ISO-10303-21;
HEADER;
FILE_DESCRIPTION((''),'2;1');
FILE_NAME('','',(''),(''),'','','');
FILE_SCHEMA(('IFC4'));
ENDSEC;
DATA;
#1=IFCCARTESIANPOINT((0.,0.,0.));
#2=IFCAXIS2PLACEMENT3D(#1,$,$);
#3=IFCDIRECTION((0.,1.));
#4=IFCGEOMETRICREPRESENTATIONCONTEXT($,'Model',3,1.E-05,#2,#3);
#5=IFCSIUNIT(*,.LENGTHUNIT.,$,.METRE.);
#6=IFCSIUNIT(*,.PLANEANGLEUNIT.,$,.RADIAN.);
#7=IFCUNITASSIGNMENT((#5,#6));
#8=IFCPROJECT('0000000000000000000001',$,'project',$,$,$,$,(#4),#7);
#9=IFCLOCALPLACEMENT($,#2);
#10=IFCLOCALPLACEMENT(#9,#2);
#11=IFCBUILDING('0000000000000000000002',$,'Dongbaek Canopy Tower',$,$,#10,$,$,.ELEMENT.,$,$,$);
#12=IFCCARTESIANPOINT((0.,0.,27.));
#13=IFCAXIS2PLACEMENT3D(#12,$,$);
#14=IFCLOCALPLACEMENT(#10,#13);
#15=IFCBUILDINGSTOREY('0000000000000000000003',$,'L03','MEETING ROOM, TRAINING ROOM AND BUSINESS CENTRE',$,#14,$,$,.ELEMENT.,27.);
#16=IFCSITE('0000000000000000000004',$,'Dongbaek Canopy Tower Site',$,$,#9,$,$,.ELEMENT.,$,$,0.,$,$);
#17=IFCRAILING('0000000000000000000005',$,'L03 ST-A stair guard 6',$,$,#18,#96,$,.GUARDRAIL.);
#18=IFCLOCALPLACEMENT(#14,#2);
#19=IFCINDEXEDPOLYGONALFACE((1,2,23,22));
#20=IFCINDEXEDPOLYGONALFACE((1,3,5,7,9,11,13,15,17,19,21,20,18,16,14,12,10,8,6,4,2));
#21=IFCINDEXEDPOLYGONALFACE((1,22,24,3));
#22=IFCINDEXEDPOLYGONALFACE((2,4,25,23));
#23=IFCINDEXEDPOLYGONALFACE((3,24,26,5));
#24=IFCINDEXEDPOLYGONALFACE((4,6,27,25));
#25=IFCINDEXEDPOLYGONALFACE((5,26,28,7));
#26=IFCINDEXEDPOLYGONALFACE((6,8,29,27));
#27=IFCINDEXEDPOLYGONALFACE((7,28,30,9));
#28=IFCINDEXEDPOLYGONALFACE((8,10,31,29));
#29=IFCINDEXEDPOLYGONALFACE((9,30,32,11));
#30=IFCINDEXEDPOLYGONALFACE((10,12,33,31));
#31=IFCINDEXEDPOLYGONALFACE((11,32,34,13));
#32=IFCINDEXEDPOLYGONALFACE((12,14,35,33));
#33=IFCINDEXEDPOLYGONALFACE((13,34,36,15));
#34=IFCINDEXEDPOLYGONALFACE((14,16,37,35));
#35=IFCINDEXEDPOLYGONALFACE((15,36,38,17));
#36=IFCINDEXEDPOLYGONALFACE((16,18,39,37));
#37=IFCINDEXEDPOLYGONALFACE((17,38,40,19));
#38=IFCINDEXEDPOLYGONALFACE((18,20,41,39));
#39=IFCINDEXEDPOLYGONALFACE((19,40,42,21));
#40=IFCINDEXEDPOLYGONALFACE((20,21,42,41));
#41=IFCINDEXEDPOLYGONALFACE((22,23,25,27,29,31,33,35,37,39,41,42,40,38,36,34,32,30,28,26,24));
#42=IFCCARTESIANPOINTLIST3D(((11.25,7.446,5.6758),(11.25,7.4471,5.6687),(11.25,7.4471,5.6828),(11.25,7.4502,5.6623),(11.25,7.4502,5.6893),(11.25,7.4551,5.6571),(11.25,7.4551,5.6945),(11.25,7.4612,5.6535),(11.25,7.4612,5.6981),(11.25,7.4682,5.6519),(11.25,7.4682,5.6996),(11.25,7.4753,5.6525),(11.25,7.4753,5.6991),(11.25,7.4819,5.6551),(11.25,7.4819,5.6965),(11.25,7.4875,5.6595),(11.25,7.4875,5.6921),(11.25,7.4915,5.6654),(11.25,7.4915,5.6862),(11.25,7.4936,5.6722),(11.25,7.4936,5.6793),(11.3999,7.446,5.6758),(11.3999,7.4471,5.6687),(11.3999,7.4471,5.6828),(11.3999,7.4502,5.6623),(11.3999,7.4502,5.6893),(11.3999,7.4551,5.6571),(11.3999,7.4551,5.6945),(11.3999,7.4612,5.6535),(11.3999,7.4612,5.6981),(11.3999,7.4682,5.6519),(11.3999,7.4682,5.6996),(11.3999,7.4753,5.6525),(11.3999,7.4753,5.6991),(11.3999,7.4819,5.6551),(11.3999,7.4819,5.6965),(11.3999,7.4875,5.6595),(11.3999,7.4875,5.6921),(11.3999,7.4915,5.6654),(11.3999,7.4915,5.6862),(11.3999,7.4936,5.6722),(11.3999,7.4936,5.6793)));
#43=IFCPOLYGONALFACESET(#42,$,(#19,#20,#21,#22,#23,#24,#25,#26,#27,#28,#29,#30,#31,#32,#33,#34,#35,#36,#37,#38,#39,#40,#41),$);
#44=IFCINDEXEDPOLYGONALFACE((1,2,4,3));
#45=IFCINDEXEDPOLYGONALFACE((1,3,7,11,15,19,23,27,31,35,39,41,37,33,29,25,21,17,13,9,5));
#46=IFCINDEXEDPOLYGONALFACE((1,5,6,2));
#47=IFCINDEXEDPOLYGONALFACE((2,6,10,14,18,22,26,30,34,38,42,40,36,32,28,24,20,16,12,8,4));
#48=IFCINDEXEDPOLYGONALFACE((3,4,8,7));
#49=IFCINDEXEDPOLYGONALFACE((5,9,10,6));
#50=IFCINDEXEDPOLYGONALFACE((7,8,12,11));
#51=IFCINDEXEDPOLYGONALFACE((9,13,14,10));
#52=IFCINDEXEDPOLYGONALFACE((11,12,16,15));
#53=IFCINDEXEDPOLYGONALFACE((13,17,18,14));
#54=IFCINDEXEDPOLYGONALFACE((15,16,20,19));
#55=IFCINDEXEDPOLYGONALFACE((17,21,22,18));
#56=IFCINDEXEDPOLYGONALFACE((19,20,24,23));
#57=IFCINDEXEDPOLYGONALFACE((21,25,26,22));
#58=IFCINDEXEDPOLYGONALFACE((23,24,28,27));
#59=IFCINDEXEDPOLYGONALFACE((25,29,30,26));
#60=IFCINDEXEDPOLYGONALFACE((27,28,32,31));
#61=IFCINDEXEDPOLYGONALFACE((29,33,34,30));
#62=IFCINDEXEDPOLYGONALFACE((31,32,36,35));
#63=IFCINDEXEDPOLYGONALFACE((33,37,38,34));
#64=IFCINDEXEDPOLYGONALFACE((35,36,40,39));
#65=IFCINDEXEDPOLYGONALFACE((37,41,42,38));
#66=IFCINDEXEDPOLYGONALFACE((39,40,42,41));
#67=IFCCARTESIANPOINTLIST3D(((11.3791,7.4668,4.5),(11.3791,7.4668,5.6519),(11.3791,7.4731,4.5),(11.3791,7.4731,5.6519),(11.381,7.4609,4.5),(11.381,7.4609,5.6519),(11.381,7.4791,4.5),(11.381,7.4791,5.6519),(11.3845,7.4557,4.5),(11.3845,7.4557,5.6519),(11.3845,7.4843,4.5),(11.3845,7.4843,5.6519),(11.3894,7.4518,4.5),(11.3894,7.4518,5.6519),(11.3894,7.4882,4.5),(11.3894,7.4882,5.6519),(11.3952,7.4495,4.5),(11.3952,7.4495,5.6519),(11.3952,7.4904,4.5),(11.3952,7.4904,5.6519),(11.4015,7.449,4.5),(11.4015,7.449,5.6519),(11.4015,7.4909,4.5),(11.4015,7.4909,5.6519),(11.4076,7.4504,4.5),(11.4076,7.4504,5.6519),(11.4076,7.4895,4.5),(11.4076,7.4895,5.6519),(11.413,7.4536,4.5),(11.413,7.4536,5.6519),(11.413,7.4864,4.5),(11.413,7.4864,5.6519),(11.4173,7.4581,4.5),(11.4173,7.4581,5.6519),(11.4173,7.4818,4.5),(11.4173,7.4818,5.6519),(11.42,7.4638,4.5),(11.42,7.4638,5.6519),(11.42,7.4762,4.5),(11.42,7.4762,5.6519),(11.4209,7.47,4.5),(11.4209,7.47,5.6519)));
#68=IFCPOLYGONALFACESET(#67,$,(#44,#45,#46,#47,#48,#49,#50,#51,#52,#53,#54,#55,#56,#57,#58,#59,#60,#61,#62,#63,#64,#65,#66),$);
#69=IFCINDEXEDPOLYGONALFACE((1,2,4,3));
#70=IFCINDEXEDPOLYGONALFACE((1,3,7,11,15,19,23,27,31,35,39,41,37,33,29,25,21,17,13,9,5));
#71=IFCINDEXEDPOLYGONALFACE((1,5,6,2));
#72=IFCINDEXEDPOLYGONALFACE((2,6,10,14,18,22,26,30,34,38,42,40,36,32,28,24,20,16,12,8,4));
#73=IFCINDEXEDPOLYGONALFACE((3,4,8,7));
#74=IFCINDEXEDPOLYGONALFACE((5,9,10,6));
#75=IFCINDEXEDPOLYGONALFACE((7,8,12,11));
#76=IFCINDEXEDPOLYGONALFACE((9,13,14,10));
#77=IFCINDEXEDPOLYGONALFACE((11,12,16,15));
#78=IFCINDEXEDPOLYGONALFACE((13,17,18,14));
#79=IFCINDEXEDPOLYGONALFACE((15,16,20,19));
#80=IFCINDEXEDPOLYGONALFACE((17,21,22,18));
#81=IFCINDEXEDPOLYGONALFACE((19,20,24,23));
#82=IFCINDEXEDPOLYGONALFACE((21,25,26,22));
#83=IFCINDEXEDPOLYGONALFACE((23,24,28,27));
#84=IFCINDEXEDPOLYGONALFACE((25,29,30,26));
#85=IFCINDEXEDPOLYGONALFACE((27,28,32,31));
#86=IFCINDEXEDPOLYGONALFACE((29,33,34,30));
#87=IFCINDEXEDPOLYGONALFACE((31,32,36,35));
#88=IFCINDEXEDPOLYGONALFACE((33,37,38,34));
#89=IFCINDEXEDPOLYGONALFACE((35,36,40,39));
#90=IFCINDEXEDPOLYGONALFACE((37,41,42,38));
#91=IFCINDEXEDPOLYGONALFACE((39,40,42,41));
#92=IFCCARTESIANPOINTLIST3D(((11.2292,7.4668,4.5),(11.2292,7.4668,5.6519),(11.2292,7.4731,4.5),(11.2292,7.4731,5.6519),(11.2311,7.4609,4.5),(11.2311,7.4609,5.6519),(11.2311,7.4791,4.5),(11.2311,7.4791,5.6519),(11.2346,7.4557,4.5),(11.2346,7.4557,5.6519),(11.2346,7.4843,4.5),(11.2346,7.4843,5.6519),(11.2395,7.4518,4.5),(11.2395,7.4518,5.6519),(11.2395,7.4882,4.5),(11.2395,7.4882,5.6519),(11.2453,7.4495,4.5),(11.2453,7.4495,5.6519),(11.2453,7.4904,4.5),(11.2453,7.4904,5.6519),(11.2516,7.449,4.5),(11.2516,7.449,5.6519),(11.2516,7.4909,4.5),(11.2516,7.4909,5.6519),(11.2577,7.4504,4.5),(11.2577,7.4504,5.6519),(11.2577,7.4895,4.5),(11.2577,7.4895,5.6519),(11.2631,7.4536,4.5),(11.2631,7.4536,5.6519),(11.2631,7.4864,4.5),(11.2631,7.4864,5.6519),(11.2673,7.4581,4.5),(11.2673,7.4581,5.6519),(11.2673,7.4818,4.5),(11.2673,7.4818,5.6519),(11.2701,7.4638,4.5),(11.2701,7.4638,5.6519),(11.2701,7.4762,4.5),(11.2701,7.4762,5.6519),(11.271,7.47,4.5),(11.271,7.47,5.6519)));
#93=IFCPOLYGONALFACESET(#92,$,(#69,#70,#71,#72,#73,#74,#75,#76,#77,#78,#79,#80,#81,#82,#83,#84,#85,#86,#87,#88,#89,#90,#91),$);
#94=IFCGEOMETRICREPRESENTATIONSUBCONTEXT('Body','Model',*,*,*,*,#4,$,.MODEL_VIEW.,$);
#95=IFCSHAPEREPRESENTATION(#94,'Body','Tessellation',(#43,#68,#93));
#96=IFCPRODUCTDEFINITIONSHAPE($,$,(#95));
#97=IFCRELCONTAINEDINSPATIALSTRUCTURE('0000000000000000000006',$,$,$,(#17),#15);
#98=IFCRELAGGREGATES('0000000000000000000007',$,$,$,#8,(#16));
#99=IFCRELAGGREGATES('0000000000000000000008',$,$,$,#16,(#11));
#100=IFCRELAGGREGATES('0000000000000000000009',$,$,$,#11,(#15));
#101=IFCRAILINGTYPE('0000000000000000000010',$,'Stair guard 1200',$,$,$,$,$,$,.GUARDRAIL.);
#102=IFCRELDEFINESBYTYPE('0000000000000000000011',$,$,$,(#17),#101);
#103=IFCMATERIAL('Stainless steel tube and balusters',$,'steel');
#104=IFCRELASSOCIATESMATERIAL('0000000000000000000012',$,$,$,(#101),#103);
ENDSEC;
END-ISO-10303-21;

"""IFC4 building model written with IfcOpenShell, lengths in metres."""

from ifc_helpers import new_model, si_unit, direction, frame, origin, origin_2d, place, context, subcontext, project, spatial, circle, extrude, material, type_object, element, save


model = new_model("IFC4")

# Units and contexts
model_context = context("Model", 3, precision=1e-05, world=origin(), true_north=direction((0.0, 1.0)))
body_context = subcontext(model_context, "Body", "Model", "MODEL_VIEW")
ifc_project = project(units=[si_unit("LENGTHUNIT", "METRE"), si_unit("PLANEANGLEUNIT", "RADIAN")], contexts=[model_context])

# Site, building, storey
site_placement = place(None, origin())
site = spatial("IfcSite", under=ifc_project, at=site_placement, Name="Dongbaek Canopy Tower Site", CompositionType="ELEMENT", RefElevation=0.0)
building_placement = place(site_placement, origin())
building = spatial("IfcBuilding", under=site, at=building_placement, Name="Dongbaek Canopy Tower", CompositionType="ELEMENT")
storey_placement = place(building_placement, frame((0.0, 0.0, 27.0)))
storey = spatial("IfcBuildingStorey", under=building, at=storey_placement, Name="L03", Description="MEETING ROOM, TRAINING ROOM AND BUSINESS CENTRE", CompositionType="ELEMENT", Elevation=27.0)

# Railing
ifc_material_1 = material(Name="Stainless steel tube and balusters", Category="steel")
railing_type_1 = type_object("IfcRailingType", Name="Stair guard 1200", PredefinedType="GUARDRAIL", material=ifc_material_1)
railing_1_placement = place(storey_placement, frame((11.3999, 7.47, 4.5)))
element("IfcRailing", 1, at=railing_1_placement, inside=storey, type_object=railing_type_1, Name="L03 ST-A stair guard 6", PredefinedType="GUARDRAIL", context=body_context, shape_type="SweptSolid", body=[
    extrude(circle(Radius=0.0239, at=origin_2d()), frame((0.0, 0.0, 1.1758), z_axis=(-1.0, 0.0, 0.0), x_axis=(0.0, -1.0, 0.0)), (0.0, 0.0, 1.0), 0.1499),
    extrude(circle(Radius=0.021, at=origin_2d()), origin(), (0.0, 0.0, 1.0), 1.1519),
    extrude(circle(Radius=0.021, at=origin_2d()), frame((-0.1499, 0.0, 0.0)), (0.0, 0.0, 1.0), 1.1519),
])

save(model, "model.ifc")
